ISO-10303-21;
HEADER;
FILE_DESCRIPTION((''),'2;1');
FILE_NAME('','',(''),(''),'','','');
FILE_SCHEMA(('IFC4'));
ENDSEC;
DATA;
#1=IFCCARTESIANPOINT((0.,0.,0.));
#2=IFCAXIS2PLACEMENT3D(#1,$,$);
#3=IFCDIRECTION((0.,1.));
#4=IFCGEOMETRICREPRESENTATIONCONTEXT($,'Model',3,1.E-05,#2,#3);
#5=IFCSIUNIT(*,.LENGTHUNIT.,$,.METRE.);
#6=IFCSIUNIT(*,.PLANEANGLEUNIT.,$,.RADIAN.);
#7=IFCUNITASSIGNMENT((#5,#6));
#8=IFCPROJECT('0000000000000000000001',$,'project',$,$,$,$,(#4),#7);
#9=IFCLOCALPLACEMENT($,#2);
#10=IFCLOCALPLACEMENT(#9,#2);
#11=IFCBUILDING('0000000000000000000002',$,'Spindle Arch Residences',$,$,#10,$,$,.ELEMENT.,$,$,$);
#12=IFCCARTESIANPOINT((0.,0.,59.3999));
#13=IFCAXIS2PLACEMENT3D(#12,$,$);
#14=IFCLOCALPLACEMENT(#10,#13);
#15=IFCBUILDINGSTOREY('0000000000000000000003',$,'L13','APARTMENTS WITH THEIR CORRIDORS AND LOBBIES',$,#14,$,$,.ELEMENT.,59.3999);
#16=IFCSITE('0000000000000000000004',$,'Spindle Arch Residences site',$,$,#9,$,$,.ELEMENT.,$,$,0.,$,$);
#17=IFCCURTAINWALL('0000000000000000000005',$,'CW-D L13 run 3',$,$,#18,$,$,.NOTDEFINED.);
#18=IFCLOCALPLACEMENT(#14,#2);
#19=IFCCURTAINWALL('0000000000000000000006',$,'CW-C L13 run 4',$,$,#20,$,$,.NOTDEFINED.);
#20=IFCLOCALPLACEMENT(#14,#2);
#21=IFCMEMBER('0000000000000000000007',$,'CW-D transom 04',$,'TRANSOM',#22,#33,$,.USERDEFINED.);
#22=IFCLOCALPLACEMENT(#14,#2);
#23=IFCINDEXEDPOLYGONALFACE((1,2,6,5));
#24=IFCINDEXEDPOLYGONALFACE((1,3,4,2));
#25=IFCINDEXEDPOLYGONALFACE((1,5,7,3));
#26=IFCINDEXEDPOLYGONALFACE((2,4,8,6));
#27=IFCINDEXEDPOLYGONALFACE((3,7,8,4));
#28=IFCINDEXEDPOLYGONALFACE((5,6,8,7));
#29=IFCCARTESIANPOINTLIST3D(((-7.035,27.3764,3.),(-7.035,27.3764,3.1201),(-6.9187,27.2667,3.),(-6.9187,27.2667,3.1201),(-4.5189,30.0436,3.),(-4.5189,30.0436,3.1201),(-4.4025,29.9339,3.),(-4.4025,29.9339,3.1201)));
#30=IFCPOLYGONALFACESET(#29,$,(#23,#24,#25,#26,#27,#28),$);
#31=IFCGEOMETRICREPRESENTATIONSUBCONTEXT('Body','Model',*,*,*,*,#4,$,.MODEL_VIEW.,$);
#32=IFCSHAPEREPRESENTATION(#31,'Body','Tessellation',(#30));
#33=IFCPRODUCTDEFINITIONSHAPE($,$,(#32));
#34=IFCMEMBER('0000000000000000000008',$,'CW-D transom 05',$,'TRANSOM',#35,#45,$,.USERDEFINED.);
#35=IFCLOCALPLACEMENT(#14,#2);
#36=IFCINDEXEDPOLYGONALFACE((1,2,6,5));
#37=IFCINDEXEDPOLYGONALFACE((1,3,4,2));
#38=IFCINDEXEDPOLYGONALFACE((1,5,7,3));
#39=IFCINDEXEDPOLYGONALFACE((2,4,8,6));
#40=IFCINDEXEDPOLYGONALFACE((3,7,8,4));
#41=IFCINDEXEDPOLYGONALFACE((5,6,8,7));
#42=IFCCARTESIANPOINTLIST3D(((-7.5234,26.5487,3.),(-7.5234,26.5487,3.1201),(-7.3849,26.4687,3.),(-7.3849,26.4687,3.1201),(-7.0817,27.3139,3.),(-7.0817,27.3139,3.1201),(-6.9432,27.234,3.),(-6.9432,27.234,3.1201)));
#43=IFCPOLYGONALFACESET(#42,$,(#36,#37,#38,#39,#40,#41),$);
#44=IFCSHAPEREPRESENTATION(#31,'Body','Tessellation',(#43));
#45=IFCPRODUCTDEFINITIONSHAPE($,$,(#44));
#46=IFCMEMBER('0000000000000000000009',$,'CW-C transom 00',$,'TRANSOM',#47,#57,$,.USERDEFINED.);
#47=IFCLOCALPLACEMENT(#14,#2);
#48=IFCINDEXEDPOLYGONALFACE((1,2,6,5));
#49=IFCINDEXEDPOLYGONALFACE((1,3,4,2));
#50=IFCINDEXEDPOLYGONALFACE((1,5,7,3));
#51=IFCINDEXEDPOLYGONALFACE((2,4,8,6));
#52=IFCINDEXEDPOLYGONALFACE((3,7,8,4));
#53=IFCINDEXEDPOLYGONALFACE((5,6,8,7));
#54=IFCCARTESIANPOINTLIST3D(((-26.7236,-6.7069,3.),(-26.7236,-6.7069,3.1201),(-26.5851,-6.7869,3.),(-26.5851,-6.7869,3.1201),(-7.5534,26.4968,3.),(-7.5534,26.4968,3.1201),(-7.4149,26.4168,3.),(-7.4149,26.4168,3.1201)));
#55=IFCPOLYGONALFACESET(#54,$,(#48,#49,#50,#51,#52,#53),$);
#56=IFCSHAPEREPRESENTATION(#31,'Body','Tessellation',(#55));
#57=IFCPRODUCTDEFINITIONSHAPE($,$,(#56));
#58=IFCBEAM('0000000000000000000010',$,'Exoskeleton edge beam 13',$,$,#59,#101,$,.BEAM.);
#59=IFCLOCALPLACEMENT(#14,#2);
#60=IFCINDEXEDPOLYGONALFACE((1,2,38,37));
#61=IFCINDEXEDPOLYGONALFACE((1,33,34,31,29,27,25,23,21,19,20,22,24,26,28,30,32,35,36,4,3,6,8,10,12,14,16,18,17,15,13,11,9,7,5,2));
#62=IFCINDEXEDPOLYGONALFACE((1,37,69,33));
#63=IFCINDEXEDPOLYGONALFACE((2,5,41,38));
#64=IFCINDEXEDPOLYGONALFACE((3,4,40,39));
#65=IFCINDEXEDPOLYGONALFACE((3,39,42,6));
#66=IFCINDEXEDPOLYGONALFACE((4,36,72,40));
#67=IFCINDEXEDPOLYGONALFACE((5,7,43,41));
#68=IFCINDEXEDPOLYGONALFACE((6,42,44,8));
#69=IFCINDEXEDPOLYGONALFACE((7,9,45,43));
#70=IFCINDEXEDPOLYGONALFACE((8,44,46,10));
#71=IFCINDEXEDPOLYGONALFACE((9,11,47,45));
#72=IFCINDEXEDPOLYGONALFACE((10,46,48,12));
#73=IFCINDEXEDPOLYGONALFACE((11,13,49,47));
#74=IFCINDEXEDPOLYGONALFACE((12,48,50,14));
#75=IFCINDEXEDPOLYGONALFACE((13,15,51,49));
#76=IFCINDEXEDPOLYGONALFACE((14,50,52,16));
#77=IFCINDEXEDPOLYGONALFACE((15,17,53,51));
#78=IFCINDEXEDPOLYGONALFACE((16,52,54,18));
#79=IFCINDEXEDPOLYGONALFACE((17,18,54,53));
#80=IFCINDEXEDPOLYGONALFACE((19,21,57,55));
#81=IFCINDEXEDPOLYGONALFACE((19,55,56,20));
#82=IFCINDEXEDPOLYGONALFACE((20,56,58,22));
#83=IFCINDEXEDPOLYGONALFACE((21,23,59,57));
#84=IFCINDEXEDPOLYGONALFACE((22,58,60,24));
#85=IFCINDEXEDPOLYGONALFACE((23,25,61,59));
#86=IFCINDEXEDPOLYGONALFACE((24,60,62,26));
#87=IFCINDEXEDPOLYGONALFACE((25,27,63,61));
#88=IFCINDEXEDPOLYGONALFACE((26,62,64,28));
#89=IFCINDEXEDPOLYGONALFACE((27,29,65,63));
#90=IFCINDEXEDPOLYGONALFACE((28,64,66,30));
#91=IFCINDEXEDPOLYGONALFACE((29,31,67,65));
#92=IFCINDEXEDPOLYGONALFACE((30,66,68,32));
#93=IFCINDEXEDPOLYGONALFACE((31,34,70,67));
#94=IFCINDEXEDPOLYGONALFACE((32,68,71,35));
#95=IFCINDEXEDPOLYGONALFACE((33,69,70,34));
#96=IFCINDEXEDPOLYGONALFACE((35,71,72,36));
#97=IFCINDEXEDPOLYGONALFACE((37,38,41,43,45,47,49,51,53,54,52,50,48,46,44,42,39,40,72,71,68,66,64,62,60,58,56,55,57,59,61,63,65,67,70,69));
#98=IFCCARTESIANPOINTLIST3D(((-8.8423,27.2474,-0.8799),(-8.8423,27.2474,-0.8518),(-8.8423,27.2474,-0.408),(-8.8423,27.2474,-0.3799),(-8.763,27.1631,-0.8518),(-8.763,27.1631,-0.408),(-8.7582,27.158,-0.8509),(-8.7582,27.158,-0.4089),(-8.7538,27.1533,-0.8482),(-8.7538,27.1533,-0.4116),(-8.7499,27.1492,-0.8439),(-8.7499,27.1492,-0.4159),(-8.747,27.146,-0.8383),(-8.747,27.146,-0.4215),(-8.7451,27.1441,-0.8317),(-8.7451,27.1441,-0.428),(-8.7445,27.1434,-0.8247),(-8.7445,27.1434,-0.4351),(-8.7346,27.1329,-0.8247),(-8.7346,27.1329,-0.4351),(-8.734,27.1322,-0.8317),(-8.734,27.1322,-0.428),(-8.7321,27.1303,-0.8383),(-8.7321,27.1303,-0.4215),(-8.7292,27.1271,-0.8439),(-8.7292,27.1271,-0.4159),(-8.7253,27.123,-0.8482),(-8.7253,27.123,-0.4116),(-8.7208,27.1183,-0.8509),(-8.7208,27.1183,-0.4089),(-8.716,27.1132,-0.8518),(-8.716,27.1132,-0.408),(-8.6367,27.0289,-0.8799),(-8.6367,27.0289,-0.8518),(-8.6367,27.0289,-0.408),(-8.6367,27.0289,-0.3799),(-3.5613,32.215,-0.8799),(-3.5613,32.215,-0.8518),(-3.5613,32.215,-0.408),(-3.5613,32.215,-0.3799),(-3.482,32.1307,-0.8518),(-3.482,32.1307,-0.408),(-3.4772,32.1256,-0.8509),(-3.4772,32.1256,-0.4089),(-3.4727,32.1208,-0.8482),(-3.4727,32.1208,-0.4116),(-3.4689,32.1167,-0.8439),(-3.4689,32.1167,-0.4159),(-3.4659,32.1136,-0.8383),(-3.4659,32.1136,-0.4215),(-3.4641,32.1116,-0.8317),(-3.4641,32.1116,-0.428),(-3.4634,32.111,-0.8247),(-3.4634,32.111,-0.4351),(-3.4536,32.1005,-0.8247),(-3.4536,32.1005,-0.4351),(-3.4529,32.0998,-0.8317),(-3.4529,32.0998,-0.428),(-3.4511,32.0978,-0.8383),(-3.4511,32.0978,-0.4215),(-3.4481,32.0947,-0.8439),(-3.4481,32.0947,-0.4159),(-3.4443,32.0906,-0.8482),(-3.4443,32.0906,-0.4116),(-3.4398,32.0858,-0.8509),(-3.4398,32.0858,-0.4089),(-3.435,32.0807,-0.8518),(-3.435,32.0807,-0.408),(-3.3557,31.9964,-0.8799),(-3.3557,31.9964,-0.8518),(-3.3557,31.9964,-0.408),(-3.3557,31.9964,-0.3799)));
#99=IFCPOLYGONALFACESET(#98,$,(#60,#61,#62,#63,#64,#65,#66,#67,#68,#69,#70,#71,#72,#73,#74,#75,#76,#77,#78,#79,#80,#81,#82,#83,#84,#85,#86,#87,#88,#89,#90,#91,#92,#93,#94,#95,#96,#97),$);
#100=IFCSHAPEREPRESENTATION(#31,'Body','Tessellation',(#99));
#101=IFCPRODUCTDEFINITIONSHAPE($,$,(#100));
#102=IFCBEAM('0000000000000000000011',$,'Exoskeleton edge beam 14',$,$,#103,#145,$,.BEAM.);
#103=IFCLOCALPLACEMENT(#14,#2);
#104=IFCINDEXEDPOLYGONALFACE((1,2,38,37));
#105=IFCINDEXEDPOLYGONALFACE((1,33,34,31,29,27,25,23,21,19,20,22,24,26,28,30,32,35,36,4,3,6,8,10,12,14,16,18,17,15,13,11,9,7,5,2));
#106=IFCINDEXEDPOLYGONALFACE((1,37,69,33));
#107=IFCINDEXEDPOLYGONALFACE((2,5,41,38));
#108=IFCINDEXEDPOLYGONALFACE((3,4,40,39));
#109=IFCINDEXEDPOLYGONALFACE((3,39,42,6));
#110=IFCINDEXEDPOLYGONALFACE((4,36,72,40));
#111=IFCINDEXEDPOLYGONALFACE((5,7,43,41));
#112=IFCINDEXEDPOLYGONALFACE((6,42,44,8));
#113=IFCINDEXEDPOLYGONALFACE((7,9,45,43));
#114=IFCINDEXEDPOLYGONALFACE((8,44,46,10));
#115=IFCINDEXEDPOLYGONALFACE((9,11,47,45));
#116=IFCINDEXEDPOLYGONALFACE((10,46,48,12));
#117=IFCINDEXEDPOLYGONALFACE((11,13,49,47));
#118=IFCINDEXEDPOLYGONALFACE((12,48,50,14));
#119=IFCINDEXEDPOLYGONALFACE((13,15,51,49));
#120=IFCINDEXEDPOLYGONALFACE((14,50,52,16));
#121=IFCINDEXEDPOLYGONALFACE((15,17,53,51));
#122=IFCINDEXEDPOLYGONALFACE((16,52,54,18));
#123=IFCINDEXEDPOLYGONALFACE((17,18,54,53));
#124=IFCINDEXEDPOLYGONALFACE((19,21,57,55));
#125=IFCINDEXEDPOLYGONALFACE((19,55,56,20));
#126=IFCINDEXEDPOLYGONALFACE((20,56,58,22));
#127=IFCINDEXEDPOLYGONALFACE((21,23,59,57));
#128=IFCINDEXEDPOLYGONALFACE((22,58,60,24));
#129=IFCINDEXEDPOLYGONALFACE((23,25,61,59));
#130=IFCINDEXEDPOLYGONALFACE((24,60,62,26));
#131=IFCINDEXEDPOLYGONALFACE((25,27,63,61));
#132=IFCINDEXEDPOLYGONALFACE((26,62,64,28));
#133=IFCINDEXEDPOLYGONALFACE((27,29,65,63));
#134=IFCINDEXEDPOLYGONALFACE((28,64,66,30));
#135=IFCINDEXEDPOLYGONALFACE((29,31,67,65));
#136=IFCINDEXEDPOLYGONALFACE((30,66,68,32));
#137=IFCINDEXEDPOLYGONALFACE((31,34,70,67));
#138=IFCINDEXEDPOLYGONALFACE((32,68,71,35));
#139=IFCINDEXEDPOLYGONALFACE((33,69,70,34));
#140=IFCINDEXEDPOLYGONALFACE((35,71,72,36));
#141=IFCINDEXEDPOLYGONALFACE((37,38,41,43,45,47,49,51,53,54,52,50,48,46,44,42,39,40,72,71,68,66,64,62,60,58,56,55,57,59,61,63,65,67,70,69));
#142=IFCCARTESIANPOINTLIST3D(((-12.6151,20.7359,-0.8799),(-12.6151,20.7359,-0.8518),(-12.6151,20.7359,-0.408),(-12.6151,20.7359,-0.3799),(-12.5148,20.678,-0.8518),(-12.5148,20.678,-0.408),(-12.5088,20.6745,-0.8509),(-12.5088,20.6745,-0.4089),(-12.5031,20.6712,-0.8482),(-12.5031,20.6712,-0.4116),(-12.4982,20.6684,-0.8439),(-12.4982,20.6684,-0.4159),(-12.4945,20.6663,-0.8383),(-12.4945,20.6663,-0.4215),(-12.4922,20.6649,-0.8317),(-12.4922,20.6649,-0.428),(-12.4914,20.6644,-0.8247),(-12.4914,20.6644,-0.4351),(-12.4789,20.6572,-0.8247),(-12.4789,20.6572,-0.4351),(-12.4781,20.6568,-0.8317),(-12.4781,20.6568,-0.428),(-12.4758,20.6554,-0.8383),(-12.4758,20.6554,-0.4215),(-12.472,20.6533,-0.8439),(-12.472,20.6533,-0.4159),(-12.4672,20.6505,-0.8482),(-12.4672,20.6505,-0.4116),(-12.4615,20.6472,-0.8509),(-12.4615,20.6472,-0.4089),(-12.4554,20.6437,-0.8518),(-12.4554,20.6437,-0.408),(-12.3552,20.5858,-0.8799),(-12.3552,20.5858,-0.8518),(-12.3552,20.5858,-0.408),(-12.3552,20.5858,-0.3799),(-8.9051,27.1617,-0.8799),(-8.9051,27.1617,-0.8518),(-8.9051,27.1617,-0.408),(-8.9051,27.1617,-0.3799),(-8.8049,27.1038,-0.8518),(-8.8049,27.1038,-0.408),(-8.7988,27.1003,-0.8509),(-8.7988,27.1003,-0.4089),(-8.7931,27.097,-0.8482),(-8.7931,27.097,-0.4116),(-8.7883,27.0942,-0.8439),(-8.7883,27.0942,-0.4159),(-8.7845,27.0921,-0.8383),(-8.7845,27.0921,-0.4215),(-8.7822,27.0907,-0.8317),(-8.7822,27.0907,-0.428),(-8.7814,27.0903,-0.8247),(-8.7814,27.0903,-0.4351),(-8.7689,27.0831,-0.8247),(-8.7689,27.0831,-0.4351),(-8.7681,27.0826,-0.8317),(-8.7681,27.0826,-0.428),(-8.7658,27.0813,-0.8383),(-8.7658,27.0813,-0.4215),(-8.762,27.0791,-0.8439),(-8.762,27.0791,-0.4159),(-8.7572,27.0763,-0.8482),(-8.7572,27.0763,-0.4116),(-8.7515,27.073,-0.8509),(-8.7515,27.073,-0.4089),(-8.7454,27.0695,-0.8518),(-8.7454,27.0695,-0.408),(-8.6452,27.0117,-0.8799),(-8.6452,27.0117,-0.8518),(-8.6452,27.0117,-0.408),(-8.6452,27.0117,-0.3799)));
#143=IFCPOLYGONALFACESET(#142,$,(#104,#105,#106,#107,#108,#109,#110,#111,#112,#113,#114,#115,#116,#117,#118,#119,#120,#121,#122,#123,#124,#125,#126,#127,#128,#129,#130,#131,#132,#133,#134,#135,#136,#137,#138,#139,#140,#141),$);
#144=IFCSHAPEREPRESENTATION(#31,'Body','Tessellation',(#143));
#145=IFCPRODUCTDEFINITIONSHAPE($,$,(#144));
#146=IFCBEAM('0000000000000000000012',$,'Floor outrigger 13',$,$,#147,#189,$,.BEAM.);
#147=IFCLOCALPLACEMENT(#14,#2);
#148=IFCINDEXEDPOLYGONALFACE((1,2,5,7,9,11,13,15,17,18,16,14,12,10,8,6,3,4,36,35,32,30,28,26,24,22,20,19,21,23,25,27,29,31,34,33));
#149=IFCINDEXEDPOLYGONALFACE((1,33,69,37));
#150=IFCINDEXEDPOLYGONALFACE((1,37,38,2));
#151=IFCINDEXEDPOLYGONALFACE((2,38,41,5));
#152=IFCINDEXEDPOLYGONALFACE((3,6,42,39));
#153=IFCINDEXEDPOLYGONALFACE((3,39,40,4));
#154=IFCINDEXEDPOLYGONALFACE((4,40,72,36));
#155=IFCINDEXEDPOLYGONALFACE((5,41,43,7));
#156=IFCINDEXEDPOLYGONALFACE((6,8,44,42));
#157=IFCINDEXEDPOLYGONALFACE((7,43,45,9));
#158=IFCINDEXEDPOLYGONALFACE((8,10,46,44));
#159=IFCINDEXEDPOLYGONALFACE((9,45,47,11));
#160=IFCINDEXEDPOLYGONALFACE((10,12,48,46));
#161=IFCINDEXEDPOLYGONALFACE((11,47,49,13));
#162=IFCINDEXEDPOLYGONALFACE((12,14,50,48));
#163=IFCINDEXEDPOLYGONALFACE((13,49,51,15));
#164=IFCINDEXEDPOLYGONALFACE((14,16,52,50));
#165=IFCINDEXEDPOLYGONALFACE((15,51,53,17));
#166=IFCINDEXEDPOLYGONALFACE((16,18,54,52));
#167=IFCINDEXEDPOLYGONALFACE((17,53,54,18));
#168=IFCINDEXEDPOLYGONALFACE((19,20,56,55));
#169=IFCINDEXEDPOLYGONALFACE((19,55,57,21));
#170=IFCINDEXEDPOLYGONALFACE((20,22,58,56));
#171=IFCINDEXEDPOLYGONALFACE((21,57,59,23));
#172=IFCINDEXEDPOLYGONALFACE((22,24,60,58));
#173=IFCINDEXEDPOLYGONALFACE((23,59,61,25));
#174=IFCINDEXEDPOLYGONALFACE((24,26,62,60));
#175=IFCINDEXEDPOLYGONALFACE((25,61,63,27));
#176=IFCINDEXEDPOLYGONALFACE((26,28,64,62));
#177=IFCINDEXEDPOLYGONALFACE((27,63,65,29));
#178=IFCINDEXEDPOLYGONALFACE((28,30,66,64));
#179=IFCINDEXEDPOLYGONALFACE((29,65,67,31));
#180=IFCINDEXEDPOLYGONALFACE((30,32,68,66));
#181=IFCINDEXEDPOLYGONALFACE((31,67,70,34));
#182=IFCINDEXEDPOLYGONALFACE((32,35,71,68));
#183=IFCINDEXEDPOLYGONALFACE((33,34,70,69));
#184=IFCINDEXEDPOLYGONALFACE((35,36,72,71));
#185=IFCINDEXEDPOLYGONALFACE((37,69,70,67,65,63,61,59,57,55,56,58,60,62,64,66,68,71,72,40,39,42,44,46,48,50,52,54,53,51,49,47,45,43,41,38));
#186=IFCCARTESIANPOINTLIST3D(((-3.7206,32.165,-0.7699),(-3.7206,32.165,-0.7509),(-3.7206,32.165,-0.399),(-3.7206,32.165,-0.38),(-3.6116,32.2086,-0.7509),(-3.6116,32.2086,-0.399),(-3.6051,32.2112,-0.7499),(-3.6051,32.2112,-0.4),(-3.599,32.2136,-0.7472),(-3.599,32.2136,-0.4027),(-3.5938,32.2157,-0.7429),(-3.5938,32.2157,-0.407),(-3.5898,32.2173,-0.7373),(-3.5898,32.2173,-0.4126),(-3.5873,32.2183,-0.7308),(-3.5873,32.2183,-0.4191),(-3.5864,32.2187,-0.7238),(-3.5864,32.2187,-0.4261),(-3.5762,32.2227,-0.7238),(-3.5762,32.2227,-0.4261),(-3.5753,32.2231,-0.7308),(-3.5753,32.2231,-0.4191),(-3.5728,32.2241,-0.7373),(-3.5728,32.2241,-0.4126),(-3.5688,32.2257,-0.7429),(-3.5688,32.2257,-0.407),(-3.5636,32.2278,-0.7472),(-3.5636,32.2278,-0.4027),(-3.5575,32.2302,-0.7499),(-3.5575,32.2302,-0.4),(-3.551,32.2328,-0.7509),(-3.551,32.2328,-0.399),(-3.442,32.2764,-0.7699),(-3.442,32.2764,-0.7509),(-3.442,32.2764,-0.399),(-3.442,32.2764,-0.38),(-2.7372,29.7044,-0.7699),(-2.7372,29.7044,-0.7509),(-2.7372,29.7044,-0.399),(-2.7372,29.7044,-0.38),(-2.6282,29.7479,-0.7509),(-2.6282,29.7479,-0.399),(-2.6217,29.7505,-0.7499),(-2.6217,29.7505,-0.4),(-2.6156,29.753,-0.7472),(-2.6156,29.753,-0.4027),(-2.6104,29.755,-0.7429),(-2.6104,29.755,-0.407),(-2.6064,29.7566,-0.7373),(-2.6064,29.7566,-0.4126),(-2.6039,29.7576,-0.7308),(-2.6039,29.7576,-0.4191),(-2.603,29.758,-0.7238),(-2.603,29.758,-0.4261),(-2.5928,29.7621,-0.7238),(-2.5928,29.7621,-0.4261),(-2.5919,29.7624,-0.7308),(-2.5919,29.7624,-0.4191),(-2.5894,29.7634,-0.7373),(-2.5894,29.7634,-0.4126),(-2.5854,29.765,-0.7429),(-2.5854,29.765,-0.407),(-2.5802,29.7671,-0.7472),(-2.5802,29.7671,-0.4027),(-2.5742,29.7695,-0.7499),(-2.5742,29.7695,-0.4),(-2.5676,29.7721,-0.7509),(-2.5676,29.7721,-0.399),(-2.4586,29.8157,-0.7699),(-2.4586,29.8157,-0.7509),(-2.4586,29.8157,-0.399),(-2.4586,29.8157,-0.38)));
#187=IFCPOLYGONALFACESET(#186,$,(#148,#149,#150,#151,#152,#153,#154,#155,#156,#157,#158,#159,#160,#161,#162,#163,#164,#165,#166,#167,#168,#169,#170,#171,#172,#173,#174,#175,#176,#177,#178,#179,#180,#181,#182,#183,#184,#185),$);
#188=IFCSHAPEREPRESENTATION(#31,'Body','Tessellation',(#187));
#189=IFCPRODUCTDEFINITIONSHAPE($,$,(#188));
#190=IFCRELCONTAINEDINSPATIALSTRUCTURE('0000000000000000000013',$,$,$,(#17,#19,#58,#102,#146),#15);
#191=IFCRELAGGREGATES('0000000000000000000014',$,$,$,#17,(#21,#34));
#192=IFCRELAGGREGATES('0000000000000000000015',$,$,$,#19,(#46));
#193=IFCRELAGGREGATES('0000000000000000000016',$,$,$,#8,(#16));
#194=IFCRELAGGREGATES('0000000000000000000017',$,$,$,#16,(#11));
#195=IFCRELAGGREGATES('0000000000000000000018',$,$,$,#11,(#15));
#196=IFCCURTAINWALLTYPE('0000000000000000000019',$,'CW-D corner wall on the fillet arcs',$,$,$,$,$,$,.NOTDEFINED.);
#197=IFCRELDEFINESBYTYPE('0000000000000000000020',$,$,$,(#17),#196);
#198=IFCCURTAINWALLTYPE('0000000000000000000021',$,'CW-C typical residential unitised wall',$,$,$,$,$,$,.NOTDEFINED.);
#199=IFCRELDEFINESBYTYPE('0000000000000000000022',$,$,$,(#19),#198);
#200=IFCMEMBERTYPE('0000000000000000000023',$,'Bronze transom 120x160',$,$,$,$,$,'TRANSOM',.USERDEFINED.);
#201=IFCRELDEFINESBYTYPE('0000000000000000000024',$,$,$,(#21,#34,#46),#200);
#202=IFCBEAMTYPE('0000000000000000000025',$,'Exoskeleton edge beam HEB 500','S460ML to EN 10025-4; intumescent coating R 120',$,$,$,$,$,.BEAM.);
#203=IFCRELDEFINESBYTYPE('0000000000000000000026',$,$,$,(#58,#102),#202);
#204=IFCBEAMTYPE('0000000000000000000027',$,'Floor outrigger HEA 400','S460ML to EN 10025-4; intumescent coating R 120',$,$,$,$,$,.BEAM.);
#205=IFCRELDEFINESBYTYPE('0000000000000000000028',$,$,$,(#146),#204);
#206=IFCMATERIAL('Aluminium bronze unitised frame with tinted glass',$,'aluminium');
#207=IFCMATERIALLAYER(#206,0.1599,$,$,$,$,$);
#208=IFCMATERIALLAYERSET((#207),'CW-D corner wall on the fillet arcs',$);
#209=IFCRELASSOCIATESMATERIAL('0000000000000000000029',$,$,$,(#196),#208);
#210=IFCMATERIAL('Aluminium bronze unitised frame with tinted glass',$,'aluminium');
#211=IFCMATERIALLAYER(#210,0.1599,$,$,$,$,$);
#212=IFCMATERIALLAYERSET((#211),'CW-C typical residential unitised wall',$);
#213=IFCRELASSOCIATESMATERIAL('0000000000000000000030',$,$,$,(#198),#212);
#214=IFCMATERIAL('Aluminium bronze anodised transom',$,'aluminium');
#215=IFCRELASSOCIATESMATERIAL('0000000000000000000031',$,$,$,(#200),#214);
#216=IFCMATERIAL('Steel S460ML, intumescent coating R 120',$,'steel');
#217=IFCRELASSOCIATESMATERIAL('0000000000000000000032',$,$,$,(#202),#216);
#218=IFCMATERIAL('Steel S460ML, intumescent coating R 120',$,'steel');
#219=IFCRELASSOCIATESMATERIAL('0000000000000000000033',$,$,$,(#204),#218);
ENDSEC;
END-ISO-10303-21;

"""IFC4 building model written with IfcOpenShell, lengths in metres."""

from ifc_helpers import new_model, si_unit, direction, frame, origin, origin_2d, place, context, subcontext, project, spatial, rectangle, i_section, extrude, material, layer, layer_set, material_profile, profile_set, type_object, element, aggregate, save


model = new_model("IFC4")

# Units and contexts
model_context = context("Model", 3, precision=1e-05, world=origin(), true_north=direction((0.0, 1.0)))
body_context = subcontext(model_context, "Body", "Model", "MODEL_VIEW")
ifc_project = project(units=[si_unit("LENGTHUNIT", "METRE"), si_unit("PLANEANGLEUNIT", "RADIAN")], contexts=[model_context])

# Site, building, storey
site_placement = place(None, origin())
site = spatial("IfcSite", under=ifc_project, at=site_placement, Name="Spindle Arch Residences site", CompositionType="ELEMENT", RefElevation=0.0)
building_placement = place(site_placement, origin())
building = spatial("IfcBuilding", under=site, at=building_placement, Name="Spindle Arch Residences", CompositionType="ELEMENT")
storey_placement = place(building_placement, frame((0.0, 0.0, 59.3999)))
storey = spatial("IfcBuildingStorey", under=building, at=storey_placement, Name="L13", Description="APARTMENTS WITH THEIR CORRIDORS AND LOBBIES", CompositionType="ELEMENT", Elevation=59.3999)

# Curtain wall
ifc_material_1 = material(Name="Aluminium bronze unitised frame with tinted glass", Category="aluminium")
ifc_layer_1 = layer(ifc_material_1, 0.1599)
ifc_layer_set_1 = layer_set([ifc_layer_1], Name="CW-D corner wall on the fillet arcs")
curtain_wall_type_1 = type_object("IfcCurtainWallType", Name="CW-D corner wall on the fillet arcs", PredefinedType="NOTDEFINED", material=ifc_layer_set_1)
curtain_wall_1_placement = place(storey_placement, origin())
curtain_wall_1 = element("IfcCurtainWall", 1, at=curtain_wall_1_placement, inside=storey, type_object=curtain_wall_type_1, Name="CW-D L13 run 3", PredefinedType="NOTDEFINED")

# Curtain wall
ifc_material_2 = material(Name="Aluminium bronze unitised frame with tinted glass", Category="aluminium")
ifc_layer_2 = layer(ifc_material_2, 0.1599)
ifc_layer_set_2 = layer_set([ifc_layer_2], Name="CW-C typical residential unitised wall")
curtain_wall_type_2 = type_object("IfcCurtainWallType", Name="CW-C typical residential unitised wall", PredefinedType="NOTDEFINED", material=ifc_layer_set_2)
curtain_wall_2_placement = place(storey_placement, origin())
curtain_wall_2 = element("IfcCurtainWall", 2, at=curtain_wall_2_placement, inside=storey, type_object=curtain_wall_type_2, Name="CW-C L13 run 4", PredefinedType="NOTDEFINED")

# Members
ifc_material_3 = material(Name="Aluminium bronze anodised transom", Category="aluminium")
ifc_material_profile_1 = material_profile(ifc_material_3, rectangle(XDim=0.1599, YDim=0.1201, at=origin_2d()), Name="TR 120x160")
ifc_profile_set_1 = profile_set([ifc_material_profile_1], Name="Aluminium bronze anodised transom")
member_type_1 = type_object("IfcMemberType", Name="Bronze transom 120x160", ElementType="TRANSOM", PredefinedType="USERDEFINED", material=ifc_profile_set_1)
member_1_placement = place(storey_placement, frame((-4.4607, 29.9888, 3.0601), z_axis=(-0.686199, -0.727414, 0.0), x_axis=(0.727414, -0.686199, 0.0)))
member_1 = element("IfcMember", 3, at=member_1_placement, type_object=member_type_1, Name="CW-D transom 04", ObjectType="TRANSOM", PredefinedType="USERDEFINED", context=body_context, shape_type="SweptSolid", body=[
    extrude(rectangle(XDim=0.1599, YDim=0.1201, at=origin_2d()), origin(), (0.0, 0.0, 1.0), 3.6667),
])
member_2_placement = place(storey_placement, frame((-7.0125, 27.2739, 3.0601), z_axis=(-0.499914, -0.866075, 0.0), x_axis=(0.866075, -0.499914, 0.0)))
member_2 = element("IfcMember", 4, at=member_2_placement, type_object=member_type_1, Name="CW-D transom 05", ObjectType="TRANSOM", PredefinedType="USERDEFINED", context=body_context, shape_type="SweptSolid", body=[
    extrude(rectangle(XDim=0.1599, YDim=0.1201, at=origin_2d()), origin(), (0.0, 0.0, 1.0), 0.8835),
])
member_3_placement = place(storey_placement, frame((-7.4841, 26.4568, 3.0601), z_axis=(-0.500001, -0.866025, 0.0), x_axis=(0.866025, -0.500001, 0.0)))
member_3 = element("IfcMember", 5, at=member_3_placement, type_object=member_type_1, Name="CW-C transom 00", ObjectType="TRANSOM", PredefinedType="USERDEFINED", context=body_context, shape_type="SweptSolid", body=[
    extrude(rectangle(XDim=0.1599, YDim=0.1201, at=origin_2d()), origin(), (0.0, 0.0, 1.0), 38.3403),
])

# Beams
ifc_material_4 = material(Name="Steel S460ML, intumescent coating R 120", Category="steel")
ifc_material_profile_2 = material_profile(ifc_material_4, i_section(OverallWidth=0.3, OverallDepth=0.5, WebThickness=0.0144, FlangeThickness=0.0281, FilletRadius=0.0271, at=origin_2d()), Name="HEB 500")
ifc_profile_set_2 = profile_set([ifc_material_profile_2], Name="Steel S460ML, intumescent coating R 120")
beam_type_1 = type_object("IfcBeamType", Name="Exoskeleton edge beam HEB 500", Description="S460ML to EN 10025-4; intumescent coating R 120", PredefinedType="BEAM", material=ifc_profile_set_2)
beam_1_placement = place(storey_placement, frame((-3.4585, 32.1057, -0.6299), z_axis=(-0.728395, -0.685158, 0.0), x_axis=(0.685158, -0.728395, 0.0)))
element("IfcBeam", 6, at=beam_1_placement, inside=storey, type_object=beam_type_1, Name="Exoskeleton edge beam 13", PredefinedType="BEAM", context=body_context, shape_type="SweptSolid", body=[
    extrude(i_section(OverallWidth=0.3, OverallDepth=0.5, WebThickness=0.0144, FlangeThickness=0.0281, FilletRadius=0.0271, at=origin_2d()), origin(), (0.0, 0.0, 1.0), 7.2502),
])
beam_2_placement = place(storey_placement, frame((-8.7751, 27.0867, -0.6299), z_axis=(-0.500003, -0.866023, 0.0), x_axis=(0.866023, -0.500003, 0.0)))
element("IfcBeam", 7, at=beam_2_placement, inside=storey, type_object=beam_type_1, Name="Exoskeleton edge beam 14", PredefinedType="BEAM", context=body_context, shape_type="SweptSolid", body=[
    extrude(i_section(OverallWidth=0.3, OverallDepth=0.5, WebThickness=0.0144, FlangeThickness=0.0281, FilletRadius=0.0271, at=origin_2d()), origin(), (0.0, 0.0, 1.0), 7.4199),
])
ifc_material_5 = material(Name="Steel S460ML, intumescent coating R 120", Category="steel")
ifc_material_profile_3 = material_profile(ifc_material_5, i_section(OverallWidth=0.3, OverallDepth=0.3899, WebThickness=0.011, FlangeThickness=0.019, FilletRadius=0.0271, at=origin_2d()), Name="HEA 400")
ifc_profile_set_3 = profile_set([ifc_material_profile_3], Name="Steel S460ML, intumescent coating R 120")
beam_type_2 = type_object("IfcBeamType", Name="Floor outrigger HEA 400", Description="S460ML to EN 10025-4; intumescent coating R 120", PredefinedType="BEAM", material=ifc_profile_set_3)
beam_3_placement = place(storey_placement, frame((-3.5813, 32.2207, -0.575), z_axis=(0.371105, -0.928591, 0.0), x_axis=(0.928591, 0.371105, 0.0)))
element("IfcBeam", 8, at=beam_3_placement, inside=storey, type_object=beam_type_2, Name="Floor outrigger 13", PredefinedType="BEAM", context=body_context, shape_type="SweptSolid", body=[
    extrude(i_section(OverallWidth=0.3, OverallDepth=0.3899, WebThickness=0.011, FlangeThickness=0.019, FilletRadius=0.0271, at=origin_2d()), origin(), (0.0, 0.0, 1.0), 2.6499),
])

aggregate(curtain_wall_1, [member_1, member_2])
aggregate(curtain_wall_2, [member_3])

save(model, "model.ifc")
